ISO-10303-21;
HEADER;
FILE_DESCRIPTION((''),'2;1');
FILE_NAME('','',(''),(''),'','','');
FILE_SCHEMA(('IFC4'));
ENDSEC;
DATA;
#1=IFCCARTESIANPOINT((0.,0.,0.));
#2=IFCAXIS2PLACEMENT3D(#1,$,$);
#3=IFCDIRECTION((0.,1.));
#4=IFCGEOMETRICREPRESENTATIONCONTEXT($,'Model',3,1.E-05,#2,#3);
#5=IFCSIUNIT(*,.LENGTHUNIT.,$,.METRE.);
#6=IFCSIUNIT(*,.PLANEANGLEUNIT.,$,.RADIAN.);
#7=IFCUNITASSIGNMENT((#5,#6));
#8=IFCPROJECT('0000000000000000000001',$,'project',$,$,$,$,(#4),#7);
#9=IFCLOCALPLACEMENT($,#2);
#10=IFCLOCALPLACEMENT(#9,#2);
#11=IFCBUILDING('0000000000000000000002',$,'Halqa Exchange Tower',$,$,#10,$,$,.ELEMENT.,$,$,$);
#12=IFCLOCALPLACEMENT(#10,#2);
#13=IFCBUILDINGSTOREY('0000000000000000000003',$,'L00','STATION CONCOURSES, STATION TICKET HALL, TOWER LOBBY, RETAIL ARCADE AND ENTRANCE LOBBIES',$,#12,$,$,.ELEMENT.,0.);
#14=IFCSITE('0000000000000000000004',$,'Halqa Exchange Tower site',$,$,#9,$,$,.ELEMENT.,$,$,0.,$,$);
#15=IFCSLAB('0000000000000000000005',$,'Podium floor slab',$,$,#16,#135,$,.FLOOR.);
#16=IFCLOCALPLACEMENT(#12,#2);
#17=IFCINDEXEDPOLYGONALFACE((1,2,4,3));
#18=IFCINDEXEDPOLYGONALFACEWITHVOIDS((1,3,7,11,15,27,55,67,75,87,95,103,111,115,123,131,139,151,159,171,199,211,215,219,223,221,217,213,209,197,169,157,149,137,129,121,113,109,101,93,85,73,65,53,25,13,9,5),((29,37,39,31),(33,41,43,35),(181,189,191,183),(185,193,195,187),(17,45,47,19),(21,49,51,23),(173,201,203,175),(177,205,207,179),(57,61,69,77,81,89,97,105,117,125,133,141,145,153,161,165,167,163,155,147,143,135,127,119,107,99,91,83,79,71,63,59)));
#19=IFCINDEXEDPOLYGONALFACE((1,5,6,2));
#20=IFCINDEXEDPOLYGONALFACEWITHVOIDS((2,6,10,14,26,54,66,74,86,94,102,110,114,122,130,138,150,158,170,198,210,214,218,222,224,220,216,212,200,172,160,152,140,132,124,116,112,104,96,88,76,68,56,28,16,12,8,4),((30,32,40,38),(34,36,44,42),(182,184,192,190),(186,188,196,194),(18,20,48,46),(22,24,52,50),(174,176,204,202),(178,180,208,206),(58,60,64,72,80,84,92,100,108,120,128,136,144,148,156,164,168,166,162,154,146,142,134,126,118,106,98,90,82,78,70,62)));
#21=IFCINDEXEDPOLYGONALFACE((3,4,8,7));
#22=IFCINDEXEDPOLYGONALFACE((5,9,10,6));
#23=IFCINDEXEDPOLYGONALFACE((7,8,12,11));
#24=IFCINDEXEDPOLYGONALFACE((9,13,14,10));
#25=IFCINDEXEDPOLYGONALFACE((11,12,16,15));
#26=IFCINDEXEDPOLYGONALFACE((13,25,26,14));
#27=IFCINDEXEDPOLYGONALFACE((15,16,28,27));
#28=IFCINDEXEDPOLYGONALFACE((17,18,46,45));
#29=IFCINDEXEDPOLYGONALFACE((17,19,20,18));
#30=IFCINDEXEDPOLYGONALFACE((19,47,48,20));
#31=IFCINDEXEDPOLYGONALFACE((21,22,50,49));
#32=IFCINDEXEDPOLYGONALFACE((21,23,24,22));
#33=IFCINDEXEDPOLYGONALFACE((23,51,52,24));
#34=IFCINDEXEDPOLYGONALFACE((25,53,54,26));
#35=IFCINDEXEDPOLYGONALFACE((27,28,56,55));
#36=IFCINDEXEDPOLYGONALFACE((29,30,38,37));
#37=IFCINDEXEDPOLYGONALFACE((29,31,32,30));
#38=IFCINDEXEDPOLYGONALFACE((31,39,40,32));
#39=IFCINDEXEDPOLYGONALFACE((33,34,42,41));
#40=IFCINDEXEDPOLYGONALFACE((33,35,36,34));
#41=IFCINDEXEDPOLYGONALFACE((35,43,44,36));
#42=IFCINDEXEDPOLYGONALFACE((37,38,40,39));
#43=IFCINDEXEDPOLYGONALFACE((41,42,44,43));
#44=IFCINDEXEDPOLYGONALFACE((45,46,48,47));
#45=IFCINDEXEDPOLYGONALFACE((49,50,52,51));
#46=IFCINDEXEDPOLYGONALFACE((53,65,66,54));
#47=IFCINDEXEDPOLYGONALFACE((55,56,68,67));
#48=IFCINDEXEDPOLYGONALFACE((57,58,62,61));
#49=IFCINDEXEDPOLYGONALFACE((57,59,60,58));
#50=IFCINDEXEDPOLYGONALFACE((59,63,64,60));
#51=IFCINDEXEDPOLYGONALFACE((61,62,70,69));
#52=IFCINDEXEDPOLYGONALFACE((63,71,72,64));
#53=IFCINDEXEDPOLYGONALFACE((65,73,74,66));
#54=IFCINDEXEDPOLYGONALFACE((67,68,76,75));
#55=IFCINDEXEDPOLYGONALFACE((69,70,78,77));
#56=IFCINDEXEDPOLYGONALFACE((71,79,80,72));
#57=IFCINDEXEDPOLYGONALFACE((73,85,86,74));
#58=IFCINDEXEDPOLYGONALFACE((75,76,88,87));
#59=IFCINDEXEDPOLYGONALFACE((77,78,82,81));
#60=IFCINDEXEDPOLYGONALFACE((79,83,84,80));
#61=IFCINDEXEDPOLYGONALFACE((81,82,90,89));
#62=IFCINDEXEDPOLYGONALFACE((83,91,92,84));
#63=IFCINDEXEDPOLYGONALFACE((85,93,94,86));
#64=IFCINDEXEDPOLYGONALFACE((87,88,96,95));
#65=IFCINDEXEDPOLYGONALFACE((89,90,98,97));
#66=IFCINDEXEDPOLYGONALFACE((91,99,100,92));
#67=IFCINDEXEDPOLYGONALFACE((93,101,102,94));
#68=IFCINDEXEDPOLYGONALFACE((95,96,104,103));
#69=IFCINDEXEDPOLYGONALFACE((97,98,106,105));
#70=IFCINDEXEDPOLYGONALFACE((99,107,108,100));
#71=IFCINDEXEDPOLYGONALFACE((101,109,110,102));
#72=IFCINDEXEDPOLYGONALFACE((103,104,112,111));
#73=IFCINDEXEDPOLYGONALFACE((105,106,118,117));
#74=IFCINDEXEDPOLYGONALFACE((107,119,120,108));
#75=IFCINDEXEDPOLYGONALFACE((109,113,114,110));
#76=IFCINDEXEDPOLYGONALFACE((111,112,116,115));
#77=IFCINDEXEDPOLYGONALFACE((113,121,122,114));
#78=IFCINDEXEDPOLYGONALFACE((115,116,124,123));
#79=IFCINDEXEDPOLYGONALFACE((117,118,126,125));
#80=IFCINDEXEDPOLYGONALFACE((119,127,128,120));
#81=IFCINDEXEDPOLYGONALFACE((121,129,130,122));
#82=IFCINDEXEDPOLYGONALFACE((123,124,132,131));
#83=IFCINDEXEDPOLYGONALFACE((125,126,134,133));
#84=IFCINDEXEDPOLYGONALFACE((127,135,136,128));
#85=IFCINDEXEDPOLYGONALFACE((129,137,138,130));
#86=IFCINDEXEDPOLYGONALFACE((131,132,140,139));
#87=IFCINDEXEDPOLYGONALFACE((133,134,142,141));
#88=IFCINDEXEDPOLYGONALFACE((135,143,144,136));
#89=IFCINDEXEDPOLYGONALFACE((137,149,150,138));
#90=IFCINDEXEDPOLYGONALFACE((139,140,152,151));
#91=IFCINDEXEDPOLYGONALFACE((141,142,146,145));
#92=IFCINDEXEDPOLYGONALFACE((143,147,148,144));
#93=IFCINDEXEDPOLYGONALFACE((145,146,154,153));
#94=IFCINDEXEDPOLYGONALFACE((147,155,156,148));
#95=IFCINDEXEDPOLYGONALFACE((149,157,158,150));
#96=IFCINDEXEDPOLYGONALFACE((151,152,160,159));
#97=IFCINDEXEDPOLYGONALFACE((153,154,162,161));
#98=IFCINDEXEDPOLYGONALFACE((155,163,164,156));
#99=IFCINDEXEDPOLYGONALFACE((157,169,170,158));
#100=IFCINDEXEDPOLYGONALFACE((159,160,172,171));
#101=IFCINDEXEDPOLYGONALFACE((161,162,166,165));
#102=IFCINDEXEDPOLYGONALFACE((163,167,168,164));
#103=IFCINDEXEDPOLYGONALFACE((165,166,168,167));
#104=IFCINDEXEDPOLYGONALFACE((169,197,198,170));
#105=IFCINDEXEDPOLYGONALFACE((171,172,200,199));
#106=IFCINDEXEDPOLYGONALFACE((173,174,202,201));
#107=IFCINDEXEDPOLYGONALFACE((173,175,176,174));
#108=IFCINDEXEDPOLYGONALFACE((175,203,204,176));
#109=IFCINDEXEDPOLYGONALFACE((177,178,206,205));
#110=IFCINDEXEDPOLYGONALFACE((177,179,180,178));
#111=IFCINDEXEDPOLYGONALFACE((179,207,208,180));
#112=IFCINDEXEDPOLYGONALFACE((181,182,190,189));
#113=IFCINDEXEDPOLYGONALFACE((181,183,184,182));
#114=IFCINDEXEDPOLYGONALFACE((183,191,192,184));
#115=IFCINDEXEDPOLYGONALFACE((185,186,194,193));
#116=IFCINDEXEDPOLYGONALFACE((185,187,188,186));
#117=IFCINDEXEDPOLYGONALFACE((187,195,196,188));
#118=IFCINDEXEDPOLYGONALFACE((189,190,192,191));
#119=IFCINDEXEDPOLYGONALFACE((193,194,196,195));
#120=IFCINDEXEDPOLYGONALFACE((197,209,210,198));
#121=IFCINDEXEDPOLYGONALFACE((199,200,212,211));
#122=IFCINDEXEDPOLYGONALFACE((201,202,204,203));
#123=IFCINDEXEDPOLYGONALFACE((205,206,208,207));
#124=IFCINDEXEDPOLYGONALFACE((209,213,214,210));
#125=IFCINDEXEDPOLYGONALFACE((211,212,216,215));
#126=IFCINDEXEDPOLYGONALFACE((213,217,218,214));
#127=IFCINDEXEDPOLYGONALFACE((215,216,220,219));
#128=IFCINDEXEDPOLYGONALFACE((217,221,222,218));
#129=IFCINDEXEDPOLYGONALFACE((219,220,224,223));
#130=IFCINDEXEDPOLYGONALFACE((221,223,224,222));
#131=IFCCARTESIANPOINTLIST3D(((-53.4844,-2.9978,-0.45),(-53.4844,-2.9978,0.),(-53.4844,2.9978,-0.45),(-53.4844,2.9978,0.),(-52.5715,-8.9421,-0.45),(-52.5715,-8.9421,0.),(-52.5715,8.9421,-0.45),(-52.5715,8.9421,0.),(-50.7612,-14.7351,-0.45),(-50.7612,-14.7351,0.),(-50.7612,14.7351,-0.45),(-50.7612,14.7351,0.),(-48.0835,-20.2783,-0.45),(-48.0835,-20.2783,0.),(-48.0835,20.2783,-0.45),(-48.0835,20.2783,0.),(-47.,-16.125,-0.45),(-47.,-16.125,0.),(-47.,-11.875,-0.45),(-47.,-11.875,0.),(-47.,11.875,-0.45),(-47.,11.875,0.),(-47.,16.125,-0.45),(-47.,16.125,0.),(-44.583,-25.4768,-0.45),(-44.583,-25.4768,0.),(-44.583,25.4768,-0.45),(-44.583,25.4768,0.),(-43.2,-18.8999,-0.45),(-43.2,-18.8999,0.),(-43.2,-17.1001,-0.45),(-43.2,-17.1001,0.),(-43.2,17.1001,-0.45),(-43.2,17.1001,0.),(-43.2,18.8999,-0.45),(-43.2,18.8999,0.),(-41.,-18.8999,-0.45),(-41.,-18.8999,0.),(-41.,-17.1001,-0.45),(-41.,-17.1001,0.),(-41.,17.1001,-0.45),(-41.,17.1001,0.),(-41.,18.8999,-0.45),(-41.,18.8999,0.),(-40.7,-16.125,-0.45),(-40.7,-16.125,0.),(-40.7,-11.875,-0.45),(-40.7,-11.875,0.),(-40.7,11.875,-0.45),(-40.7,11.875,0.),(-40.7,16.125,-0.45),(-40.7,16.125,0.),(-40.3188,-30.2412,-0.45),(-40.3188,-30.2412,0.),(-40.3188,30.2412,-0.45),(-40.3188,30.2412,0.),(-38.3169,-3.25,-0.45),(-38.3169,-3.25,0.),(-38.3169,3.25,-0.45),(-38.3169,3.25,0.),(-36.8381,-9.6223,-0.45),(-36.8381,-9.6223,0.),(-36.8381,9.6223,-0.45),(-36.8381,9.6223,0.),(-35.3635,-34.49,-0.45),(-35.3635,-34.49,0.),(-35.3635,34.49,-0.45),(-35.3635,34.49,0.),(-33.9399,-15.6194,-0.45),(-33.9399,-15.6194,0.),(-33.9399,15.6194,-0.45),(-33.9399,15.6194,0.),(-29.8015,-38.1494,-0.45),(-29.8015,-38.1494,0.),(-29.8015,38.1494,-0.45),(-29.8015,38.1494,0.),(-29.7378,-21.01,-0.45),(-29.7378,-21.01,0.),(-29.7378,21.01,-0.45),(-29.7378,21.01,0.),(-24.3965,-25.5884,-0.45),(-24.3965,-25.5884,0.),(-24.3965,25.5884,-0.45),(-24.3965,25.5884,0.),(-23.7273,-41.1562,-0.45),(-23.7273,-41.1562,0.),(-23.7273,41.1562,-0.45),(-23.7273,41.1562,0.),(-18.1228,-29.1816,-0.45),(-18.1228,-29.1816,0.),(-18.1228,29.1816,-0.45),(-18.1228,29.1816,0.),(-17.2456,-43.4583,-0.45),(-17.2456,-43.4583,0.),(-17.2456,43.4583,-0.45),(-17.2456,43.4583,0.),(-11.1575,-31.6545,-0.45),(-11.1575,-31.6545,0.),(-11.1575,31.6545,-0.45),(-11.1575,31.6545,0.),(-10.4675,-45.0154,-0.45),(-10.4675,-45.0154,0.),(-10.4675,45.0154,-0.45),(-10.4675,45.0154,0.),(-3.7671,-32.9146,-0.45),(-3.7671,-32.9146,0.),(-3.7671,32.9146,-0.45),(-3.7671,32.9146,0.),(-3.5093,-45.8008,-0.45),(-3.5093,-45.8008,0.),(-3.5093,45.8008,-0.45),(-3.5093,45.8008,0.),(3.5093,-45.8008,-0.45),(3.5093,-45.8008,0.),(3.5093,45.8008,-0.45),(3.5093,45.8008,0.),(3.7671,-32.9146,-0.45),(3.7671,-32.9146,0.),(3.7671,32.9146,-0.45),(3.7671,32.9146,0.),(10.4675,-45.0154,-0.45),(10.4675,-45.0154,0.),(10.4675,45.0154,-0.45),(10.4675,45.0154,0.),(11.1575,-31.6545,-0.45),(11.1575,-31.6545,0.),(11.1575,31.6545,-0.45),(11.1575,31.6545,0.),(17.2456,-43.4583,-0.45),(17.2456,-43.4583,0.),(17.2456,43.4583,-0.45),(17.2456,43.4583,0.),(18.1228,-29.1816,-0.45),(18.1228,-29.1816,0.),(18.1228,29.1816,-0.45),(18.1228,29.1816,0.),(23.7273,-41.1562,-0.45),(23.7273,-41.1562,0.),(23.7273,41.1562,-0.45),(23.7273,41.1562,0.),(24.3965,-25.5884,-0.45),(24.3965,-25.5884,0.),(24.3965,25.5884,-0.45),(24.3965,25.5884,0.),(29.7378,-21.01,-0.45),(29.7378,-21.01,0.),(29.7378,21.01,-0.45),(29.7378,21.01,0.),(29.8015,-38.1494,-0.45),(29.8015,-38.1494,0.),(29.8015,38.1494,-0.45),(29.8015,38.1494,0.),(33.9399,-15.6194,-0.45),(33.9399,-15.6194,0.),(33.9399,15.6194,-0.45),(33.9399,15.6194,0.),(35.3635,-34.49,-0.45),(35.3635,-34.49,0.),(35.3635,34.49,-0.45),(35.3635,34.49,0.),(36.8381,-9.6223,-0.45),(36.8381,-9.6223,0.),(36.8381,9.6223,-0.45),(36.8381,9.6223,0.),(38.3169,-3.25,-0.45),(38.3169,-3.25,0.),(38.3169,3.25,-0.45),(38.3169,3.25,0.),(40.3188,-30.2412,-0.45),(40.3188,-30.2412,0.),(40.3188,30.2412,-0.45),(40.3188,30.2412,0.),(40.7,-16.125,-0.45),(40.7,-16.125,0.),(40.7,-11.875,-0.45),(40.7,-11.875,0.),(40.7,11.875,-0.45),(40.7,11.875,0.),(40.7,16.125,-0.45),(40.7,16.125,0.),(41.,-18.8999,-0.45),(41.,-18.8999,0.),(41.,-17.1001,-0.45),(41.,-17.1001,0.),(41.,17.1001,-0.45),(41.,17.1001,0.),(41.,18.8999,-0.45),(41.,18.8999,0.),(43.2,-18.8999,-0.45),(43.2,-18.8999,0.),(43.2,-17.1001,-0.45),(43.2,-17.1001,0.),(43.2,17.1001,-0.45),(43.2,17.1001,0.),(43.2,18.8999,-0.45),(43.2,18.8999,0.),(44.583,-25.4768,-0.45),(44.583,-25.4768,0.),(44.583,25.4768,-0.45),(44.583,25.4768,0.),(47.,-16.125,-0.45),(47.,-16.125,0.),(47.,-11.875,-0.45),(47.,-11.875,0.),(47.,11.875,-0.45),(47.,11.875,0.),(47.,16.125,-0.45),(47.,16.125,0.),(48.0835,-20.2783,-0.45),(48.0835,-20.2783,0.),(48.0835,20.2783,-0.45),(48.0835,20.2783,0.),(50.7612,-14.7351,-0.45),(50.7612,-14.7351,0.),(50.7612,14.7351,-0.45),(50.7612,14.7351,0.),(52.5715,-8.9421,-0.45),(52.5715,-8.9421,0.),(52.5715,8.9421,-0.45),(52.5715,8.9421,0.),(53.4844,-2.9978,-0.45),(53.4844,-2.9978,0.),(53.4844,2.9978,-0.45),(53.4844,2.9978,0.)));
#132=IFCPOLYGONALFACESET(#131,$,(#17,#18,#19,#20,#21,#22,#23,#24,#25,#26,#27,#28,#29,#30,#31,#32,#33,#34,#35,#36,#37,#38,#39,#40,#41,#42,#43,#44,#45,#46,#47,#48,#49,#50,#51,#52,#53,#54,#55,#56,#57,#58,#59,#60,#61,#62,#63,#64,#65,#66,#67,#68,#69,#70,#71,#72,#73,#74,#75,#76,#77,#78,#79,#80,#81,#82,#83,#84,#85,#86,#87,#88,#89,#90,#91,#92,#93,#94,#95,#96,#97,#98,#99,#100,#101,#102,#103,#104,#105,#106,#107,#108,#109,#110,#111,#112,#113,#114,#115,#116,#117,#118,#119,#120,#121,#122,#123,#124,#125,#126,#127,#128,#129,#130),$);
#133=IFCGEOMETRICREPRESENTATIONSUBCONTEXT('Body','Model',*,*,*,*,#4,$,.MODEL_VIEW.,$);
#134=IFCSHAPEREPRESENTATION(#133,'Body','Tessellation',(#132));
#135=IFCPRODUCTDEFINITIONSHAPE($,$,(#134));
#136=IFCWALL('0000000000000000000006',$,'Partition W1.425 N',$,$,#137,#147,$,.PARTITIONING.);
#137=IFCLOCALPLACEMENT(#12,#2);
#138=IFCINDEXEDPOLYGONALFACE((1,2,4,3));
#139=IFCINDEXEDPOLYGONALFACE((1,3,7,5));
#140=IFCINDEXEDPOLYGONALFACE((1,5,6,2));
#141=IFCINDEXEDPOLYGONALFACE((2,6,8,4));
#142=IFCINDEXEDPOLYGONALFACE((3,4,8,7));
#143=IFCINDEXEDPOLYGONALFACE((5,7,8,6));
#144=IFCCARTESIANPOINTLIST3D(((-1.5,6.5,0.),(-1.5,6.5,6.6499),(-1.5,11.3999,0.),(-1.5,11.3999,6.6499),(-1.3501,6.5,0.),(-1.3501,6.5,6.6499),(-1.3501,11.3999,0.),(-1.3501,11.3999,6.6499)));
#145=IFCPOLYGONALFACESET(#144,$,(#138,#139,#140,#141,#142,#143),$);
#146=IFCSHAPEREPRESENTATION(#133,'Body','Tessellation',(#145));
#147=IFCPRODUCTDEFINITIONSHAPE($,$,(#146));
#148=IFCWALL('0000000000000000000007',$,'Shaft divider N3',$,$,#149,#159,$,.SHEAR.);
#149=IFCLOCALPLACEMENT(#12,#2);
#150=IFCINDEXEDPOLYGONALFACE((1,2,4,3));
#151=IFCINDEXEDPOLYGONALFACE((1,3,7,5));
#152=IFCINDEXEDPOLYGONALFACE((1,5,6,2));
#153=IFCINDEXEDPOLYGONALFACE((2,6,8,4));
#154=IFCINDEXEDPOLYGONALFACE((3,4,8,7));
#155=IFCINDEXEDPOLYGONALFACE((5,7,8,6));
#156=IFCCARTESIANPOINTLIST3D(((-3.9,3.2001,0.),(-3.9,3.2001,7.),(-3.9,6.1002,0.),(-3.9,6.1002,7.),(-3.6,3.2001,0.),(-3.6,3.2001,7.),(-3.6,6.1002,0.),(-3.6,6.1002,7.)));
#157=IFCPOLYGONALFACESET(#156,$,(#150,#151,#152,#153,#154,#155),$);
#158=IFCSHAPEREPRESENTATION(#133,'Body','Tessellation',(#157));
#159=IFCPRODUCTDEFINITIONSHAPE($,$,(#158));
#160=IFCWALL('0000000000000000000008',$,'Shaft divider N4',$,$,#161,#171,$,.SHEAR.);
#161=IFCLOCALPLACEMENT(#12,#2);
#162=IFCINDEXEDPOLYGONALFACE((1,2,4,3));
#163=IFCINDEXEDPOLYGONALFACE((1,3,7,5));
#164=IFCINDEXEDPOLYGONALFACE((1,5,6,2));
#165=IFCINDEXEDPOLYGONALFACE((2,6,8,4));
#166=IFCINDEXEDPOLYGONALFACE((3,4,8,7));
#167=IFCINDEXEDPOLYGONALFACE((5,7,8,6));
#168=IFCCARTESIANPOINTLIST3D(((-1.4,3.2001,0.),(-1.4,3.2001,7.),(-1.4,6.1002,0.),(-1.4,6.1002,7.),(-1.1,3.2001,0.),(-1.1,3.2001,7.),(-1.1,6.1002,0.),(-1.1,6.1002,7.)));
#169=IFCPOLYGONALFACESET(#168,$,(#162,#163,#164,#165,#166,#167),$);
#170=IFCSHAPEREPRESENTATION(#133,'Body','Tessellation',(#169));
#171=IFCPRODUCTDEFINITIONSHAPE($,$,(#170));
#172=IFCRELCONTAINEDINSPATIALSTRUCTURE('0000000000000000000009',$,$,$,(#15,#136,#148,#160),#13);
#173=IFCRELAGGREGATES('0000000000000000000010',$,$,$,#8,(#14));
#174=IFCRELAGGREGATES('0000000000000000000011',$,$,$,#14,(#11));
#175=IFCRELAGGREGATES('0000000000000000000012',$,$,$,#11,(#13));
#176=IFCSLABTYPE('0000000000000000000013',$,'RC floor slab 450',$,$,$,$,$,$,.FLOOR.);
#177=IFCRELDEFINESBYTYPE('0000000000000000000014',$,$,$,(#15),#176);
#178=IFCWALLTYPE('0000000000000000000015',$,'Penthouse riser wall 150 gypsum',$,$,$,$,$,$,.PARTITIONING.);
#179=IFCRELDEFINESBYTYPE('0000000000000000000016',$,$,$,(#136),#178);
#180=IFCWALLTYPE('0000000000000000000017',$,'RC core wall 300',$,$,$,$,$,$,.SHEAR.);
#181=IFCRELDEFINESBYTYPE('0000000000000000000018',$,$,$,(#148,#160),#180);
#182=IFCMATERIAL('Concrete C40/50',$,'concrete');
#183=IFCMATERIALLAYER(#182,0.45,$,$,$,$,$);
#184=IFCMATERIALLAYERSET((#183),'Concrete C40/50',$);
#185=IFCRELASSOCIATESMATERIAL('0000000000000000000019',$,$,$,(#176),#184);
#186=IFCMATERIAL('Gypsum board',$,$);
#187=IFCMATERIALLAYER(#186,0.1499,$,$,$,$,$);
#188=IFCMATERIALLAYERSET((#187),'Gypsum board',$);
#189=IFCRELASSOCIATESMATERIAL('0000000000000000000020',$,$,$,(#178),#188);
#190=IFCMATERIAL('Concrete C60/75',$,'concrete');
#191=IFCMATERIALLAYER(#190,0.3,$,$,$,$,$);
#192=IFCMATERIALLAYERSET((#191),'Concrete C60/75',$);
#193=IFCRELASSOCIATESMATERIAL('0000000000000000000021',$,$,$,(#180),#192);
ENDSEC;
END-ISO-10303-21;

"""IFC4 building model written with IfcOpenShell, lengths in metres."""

from ifc_helpers import new_model, si_unit, direction, frame, frame_2d, origin, place, context, subcontext, project, spatial, polyline, rectangle, outline, extrude, material, layer, layer_set, type_object, element, save


model = new_model("IFC4")

# Units and contexts
model_context = context("Model", 3, precision=1e-05, world=origin(), true_north=direction((0.0, 1.0)))
body_context = subcontext(model_context, "Body", "Model", "MODEL_VIEW")
ifc_project = project(units=[si_unit("LENGTHUNIT", "METRE"), si_unit("PLANEANGLEUNIT", "RADIAN")], contexts=[model_context])

# Site, building, storey
site_placement = place(None, origin())
site = spatial("IfcSite", under=ifc_project, at=site_placement, Name="Halqa Exchange Tower site", CompositionType="ELEMENT", RefElevation=0.0)
building_placement = place(site_placement, origin())
building = spatial("IfcBuilding", under=site, at=building_placement, Name="Halqa Exchange Tower", CompositionType="ELEMENT")
storey_placement = place(building_placement, origin())
storey = spatial("IfcBuildingStorey", under=building, at=storey_placement, Name="L00", Description="STATION CONCOURSES, STATION TICKET HALL, TOWER LOBBY, RETAIL ARCADE AND ENTRANCE LOBBIES", CompositionType="ELEMENT", Elevation=0.0)

# Slab
ifc_material_1 = material(Name="Concrete C40/50", Category="concrete")
ifc_layer_1 = layer(ifc_material_1, 0.45)
ifc_layer_set_1 = layer_set([ifc_layer_1], Name="Concrete C40/50")
slab_type_1 = type_object("IfcSlabType", Name="RC floor slab 450", PredefinedType="FLOOR", material=ifc_layer_set_1)
slab_1_placement = place(storey_placement, frame((0.0, 0.0, -0.45)))
element("IfcSlab", 1, at=slab_1_placement, inside=storey, type_object=slab_type_1, Name="Podium floor slab", PredefinedType="FLOOR", context=body_context, shape_type="SweptSolid", body=[
    extrude(outline(polyline([(53.4844, 2.9978), (53.4844, -2.9978), (52.5715, -8.9421), (50.7612, -14.7351), (48.0835, -20.2783), (44.583, -25.4768), (40.3188, -30.2412), (35.3635, -34.49), (29.8015, -38.1494), (23.7273, -41.1562), (17.2456, -43.4583), (10.4675, -45.0154), (3.5093, -45.8008), (-3.5093, -45.8008), (-10.4675, -45.0154), (-17.2456, -43.4583), (-23.7273, -41.1562), (-29.8015, -38.1494), (-35.3635, -34.49), (-40.3188, -30.2412), (-44.583, -25.4768), (-48.0835, -20.2783), (-50.7612, -14.7351), (-52.5715, -8.9421), (-53.4844, -2.9978), (-53.4844, 2.9978), (-52.5715, 8.9421), (-50.7612, 14.7351), (-48.0835, 20.2783), (-44.583, 25.4768), (-40.3188, 30.2412), (-35.3635, 34.49), (-29.8015, 38.1494), (-23.7273, 41.1562), (-17.2456, 43.4583), (-10.4675, 45.0154), (-3.5093, 45.8008), (3.5093, 45.8008), (10.4675, 45.0154), (17.2456, 43.4583), (23.7273, 41.1562), (29.8015, 38.1494), (35.3635, 34.49), (40.3188, 30.2412), (44.583, 25.4768), (48.0835, 20.2783), (50.7612, 14.7351), (52.5715, 8.9421), (53.4844, 2.9978)]), holes=[polyline([(38.3169, 3.25), (38.3169, -3.25), (36.8381, -9.6223), (33.9399, -15.6194), (29.7378, -21.01), (24.3965, -25.5884), (18.1228, -29.1816), (11.1575, -31.6545), (3.7671, -32.9146), (-3.7671, -32.9146), (-11.1575, -31.6545), (-18.1228, -29.1816), (-24.3965, -25.5884), (-29.7378, -21.01), (-33.9399, -15.6194), (-36.8381, -9.6223), (-38.3169, -3.25), (-38.3169, 3.25), (-36.8381, 9.6223), (-33.9399, 15.6194), (-29.7378, 21.01), (-24.3965, 25.5884), (-18.1228, 29.1816), (-11.1575, 31.6545), (-3.7671, 32.9146), (3.7671, 32.9146), (11.1575, 31.6545), (18.1228, 29.1816), (24.3965, 25.5884), (29.7378, 21.01), (33.9399, 15.6194), (36.8381, 9.6223), (38.3169, 3.25)]), polyline([(40.7, 11.875), (47.0, 11.875), (47.0, 16.125), (40.7, 16.125), (40.7, 11.875)]), polyline([(40.7, -16.125), (47.0, -16.125), (47.0, -11.875), (40.7, -11.875), (40.7, -16.125)]), polyline([(-47.0, 11.875), (-40.7, 11.875), (-40.7, 16.125), (-47.0, 16.125), (-47.0, 11.875)]), polyline([(-47.0, -16.125), (-40.7, -16.125), (-40.7, -11.875), (-47.0, -11.875), (-47.0, -16.125)]), polyline([(41.0, 17.1001), (43.2, 17.1001), (43.2, 18.8999), (41.0, 18.8999), (41.0, 17.1001)]), polyline([(41.0, -18.8999), (43.2, -18.8999), (43.2, -17.1001), (41.0, -17.1001), (41.0, -18.8999)]), polyline([(-43.2, 17.1001), (-41.0, 17.1001), (-41.0, 18.8999), (-43.2, 18.8999), (-43.2, 17.1001)]), polyline([(-43.2, -18.8999), (-41.0, -18.8999), (-41.0, -17.1001), (-43.2, -17.1001), (-43.2, -18.8999)])]), origin(), (0.0, 0.0, 1.0), 0.45),
])

# Walls
ifc_material_2 = material(Name="Gypsum board")
ifc_layer_2 = layer(ifc_material_2, 0.1499)
ifc_layer_set_2 = layer_set([ifc_layer_2], Name="Gypsum board")
wall_type_1 = type_object("IfcWallType", Name="Penthouse riser wall 150 gypsum", PredefinedType="PARTITIONING", material=ifc_layer_set_2)
wall_1_placement = place(storey_placement, frame((-1.425, 6.5, 0.0), z_axis=(0.0, 0.0, 1.0), x_axis=(0.0, 1.0, 0.0)))
element("IfcWall", 2, at=wall_1_placement, inside=storey, type_object=wall_type_1, Name="Partition W1.425 N", PredefinedType="PARTITIONING", context=body_context, shape_type="SweptSolid", body=[
    extrude(rectangle(XDim=4.8999, YDim=0.1499, at=frame_2d((2.45, 0.0))), origin(), (0.0, 0.0, 1.0), 6.6499),
])
ifc_material_3 = material(Name="Concrete C60/75", Category="concrete")
ifc_layer_3 = layer(ifc_material_3, 0.3)
ifc_layer_set_3 = layer_set([ifc_layer_3], Name="Concrete C60/75")
wall_type_2 = type_object("IfcWallType", Name="RC core wall 300", PredefinedType="SHEAR", material=ifc_layer_set_3)
for number, where, z_axis, x_axis, name in (
    (3, (-3.75, 3.2, 0.0), (0.0, 0.0, 1.0), (0.0, 1.0, 0.0), "Shaft divider N3"),
    (4, (-1.25, 3.2, 0.0), (0.0, 0.0, 1.0), (0.0, 1.0, 0.0), "Shaft divider N4"),
):
    element("IfcWall", number, at=place(storey_placement, frame(where, z_axis=z_axis, x_axis=x_axis)), inside=storey, type_object=wall_type_2, Name=name, PredefinedType="SHEAR", context=body_context, shape_type="SweptSolid", body=[
        extrude(rectangle(XDim=2.9001, YDim=0.3, at=frame_2d((1.4502, 0.0))), origin(), (0.0, 0.0, 1.0), 7.0),
    ])

save(model, "model.ifc")
